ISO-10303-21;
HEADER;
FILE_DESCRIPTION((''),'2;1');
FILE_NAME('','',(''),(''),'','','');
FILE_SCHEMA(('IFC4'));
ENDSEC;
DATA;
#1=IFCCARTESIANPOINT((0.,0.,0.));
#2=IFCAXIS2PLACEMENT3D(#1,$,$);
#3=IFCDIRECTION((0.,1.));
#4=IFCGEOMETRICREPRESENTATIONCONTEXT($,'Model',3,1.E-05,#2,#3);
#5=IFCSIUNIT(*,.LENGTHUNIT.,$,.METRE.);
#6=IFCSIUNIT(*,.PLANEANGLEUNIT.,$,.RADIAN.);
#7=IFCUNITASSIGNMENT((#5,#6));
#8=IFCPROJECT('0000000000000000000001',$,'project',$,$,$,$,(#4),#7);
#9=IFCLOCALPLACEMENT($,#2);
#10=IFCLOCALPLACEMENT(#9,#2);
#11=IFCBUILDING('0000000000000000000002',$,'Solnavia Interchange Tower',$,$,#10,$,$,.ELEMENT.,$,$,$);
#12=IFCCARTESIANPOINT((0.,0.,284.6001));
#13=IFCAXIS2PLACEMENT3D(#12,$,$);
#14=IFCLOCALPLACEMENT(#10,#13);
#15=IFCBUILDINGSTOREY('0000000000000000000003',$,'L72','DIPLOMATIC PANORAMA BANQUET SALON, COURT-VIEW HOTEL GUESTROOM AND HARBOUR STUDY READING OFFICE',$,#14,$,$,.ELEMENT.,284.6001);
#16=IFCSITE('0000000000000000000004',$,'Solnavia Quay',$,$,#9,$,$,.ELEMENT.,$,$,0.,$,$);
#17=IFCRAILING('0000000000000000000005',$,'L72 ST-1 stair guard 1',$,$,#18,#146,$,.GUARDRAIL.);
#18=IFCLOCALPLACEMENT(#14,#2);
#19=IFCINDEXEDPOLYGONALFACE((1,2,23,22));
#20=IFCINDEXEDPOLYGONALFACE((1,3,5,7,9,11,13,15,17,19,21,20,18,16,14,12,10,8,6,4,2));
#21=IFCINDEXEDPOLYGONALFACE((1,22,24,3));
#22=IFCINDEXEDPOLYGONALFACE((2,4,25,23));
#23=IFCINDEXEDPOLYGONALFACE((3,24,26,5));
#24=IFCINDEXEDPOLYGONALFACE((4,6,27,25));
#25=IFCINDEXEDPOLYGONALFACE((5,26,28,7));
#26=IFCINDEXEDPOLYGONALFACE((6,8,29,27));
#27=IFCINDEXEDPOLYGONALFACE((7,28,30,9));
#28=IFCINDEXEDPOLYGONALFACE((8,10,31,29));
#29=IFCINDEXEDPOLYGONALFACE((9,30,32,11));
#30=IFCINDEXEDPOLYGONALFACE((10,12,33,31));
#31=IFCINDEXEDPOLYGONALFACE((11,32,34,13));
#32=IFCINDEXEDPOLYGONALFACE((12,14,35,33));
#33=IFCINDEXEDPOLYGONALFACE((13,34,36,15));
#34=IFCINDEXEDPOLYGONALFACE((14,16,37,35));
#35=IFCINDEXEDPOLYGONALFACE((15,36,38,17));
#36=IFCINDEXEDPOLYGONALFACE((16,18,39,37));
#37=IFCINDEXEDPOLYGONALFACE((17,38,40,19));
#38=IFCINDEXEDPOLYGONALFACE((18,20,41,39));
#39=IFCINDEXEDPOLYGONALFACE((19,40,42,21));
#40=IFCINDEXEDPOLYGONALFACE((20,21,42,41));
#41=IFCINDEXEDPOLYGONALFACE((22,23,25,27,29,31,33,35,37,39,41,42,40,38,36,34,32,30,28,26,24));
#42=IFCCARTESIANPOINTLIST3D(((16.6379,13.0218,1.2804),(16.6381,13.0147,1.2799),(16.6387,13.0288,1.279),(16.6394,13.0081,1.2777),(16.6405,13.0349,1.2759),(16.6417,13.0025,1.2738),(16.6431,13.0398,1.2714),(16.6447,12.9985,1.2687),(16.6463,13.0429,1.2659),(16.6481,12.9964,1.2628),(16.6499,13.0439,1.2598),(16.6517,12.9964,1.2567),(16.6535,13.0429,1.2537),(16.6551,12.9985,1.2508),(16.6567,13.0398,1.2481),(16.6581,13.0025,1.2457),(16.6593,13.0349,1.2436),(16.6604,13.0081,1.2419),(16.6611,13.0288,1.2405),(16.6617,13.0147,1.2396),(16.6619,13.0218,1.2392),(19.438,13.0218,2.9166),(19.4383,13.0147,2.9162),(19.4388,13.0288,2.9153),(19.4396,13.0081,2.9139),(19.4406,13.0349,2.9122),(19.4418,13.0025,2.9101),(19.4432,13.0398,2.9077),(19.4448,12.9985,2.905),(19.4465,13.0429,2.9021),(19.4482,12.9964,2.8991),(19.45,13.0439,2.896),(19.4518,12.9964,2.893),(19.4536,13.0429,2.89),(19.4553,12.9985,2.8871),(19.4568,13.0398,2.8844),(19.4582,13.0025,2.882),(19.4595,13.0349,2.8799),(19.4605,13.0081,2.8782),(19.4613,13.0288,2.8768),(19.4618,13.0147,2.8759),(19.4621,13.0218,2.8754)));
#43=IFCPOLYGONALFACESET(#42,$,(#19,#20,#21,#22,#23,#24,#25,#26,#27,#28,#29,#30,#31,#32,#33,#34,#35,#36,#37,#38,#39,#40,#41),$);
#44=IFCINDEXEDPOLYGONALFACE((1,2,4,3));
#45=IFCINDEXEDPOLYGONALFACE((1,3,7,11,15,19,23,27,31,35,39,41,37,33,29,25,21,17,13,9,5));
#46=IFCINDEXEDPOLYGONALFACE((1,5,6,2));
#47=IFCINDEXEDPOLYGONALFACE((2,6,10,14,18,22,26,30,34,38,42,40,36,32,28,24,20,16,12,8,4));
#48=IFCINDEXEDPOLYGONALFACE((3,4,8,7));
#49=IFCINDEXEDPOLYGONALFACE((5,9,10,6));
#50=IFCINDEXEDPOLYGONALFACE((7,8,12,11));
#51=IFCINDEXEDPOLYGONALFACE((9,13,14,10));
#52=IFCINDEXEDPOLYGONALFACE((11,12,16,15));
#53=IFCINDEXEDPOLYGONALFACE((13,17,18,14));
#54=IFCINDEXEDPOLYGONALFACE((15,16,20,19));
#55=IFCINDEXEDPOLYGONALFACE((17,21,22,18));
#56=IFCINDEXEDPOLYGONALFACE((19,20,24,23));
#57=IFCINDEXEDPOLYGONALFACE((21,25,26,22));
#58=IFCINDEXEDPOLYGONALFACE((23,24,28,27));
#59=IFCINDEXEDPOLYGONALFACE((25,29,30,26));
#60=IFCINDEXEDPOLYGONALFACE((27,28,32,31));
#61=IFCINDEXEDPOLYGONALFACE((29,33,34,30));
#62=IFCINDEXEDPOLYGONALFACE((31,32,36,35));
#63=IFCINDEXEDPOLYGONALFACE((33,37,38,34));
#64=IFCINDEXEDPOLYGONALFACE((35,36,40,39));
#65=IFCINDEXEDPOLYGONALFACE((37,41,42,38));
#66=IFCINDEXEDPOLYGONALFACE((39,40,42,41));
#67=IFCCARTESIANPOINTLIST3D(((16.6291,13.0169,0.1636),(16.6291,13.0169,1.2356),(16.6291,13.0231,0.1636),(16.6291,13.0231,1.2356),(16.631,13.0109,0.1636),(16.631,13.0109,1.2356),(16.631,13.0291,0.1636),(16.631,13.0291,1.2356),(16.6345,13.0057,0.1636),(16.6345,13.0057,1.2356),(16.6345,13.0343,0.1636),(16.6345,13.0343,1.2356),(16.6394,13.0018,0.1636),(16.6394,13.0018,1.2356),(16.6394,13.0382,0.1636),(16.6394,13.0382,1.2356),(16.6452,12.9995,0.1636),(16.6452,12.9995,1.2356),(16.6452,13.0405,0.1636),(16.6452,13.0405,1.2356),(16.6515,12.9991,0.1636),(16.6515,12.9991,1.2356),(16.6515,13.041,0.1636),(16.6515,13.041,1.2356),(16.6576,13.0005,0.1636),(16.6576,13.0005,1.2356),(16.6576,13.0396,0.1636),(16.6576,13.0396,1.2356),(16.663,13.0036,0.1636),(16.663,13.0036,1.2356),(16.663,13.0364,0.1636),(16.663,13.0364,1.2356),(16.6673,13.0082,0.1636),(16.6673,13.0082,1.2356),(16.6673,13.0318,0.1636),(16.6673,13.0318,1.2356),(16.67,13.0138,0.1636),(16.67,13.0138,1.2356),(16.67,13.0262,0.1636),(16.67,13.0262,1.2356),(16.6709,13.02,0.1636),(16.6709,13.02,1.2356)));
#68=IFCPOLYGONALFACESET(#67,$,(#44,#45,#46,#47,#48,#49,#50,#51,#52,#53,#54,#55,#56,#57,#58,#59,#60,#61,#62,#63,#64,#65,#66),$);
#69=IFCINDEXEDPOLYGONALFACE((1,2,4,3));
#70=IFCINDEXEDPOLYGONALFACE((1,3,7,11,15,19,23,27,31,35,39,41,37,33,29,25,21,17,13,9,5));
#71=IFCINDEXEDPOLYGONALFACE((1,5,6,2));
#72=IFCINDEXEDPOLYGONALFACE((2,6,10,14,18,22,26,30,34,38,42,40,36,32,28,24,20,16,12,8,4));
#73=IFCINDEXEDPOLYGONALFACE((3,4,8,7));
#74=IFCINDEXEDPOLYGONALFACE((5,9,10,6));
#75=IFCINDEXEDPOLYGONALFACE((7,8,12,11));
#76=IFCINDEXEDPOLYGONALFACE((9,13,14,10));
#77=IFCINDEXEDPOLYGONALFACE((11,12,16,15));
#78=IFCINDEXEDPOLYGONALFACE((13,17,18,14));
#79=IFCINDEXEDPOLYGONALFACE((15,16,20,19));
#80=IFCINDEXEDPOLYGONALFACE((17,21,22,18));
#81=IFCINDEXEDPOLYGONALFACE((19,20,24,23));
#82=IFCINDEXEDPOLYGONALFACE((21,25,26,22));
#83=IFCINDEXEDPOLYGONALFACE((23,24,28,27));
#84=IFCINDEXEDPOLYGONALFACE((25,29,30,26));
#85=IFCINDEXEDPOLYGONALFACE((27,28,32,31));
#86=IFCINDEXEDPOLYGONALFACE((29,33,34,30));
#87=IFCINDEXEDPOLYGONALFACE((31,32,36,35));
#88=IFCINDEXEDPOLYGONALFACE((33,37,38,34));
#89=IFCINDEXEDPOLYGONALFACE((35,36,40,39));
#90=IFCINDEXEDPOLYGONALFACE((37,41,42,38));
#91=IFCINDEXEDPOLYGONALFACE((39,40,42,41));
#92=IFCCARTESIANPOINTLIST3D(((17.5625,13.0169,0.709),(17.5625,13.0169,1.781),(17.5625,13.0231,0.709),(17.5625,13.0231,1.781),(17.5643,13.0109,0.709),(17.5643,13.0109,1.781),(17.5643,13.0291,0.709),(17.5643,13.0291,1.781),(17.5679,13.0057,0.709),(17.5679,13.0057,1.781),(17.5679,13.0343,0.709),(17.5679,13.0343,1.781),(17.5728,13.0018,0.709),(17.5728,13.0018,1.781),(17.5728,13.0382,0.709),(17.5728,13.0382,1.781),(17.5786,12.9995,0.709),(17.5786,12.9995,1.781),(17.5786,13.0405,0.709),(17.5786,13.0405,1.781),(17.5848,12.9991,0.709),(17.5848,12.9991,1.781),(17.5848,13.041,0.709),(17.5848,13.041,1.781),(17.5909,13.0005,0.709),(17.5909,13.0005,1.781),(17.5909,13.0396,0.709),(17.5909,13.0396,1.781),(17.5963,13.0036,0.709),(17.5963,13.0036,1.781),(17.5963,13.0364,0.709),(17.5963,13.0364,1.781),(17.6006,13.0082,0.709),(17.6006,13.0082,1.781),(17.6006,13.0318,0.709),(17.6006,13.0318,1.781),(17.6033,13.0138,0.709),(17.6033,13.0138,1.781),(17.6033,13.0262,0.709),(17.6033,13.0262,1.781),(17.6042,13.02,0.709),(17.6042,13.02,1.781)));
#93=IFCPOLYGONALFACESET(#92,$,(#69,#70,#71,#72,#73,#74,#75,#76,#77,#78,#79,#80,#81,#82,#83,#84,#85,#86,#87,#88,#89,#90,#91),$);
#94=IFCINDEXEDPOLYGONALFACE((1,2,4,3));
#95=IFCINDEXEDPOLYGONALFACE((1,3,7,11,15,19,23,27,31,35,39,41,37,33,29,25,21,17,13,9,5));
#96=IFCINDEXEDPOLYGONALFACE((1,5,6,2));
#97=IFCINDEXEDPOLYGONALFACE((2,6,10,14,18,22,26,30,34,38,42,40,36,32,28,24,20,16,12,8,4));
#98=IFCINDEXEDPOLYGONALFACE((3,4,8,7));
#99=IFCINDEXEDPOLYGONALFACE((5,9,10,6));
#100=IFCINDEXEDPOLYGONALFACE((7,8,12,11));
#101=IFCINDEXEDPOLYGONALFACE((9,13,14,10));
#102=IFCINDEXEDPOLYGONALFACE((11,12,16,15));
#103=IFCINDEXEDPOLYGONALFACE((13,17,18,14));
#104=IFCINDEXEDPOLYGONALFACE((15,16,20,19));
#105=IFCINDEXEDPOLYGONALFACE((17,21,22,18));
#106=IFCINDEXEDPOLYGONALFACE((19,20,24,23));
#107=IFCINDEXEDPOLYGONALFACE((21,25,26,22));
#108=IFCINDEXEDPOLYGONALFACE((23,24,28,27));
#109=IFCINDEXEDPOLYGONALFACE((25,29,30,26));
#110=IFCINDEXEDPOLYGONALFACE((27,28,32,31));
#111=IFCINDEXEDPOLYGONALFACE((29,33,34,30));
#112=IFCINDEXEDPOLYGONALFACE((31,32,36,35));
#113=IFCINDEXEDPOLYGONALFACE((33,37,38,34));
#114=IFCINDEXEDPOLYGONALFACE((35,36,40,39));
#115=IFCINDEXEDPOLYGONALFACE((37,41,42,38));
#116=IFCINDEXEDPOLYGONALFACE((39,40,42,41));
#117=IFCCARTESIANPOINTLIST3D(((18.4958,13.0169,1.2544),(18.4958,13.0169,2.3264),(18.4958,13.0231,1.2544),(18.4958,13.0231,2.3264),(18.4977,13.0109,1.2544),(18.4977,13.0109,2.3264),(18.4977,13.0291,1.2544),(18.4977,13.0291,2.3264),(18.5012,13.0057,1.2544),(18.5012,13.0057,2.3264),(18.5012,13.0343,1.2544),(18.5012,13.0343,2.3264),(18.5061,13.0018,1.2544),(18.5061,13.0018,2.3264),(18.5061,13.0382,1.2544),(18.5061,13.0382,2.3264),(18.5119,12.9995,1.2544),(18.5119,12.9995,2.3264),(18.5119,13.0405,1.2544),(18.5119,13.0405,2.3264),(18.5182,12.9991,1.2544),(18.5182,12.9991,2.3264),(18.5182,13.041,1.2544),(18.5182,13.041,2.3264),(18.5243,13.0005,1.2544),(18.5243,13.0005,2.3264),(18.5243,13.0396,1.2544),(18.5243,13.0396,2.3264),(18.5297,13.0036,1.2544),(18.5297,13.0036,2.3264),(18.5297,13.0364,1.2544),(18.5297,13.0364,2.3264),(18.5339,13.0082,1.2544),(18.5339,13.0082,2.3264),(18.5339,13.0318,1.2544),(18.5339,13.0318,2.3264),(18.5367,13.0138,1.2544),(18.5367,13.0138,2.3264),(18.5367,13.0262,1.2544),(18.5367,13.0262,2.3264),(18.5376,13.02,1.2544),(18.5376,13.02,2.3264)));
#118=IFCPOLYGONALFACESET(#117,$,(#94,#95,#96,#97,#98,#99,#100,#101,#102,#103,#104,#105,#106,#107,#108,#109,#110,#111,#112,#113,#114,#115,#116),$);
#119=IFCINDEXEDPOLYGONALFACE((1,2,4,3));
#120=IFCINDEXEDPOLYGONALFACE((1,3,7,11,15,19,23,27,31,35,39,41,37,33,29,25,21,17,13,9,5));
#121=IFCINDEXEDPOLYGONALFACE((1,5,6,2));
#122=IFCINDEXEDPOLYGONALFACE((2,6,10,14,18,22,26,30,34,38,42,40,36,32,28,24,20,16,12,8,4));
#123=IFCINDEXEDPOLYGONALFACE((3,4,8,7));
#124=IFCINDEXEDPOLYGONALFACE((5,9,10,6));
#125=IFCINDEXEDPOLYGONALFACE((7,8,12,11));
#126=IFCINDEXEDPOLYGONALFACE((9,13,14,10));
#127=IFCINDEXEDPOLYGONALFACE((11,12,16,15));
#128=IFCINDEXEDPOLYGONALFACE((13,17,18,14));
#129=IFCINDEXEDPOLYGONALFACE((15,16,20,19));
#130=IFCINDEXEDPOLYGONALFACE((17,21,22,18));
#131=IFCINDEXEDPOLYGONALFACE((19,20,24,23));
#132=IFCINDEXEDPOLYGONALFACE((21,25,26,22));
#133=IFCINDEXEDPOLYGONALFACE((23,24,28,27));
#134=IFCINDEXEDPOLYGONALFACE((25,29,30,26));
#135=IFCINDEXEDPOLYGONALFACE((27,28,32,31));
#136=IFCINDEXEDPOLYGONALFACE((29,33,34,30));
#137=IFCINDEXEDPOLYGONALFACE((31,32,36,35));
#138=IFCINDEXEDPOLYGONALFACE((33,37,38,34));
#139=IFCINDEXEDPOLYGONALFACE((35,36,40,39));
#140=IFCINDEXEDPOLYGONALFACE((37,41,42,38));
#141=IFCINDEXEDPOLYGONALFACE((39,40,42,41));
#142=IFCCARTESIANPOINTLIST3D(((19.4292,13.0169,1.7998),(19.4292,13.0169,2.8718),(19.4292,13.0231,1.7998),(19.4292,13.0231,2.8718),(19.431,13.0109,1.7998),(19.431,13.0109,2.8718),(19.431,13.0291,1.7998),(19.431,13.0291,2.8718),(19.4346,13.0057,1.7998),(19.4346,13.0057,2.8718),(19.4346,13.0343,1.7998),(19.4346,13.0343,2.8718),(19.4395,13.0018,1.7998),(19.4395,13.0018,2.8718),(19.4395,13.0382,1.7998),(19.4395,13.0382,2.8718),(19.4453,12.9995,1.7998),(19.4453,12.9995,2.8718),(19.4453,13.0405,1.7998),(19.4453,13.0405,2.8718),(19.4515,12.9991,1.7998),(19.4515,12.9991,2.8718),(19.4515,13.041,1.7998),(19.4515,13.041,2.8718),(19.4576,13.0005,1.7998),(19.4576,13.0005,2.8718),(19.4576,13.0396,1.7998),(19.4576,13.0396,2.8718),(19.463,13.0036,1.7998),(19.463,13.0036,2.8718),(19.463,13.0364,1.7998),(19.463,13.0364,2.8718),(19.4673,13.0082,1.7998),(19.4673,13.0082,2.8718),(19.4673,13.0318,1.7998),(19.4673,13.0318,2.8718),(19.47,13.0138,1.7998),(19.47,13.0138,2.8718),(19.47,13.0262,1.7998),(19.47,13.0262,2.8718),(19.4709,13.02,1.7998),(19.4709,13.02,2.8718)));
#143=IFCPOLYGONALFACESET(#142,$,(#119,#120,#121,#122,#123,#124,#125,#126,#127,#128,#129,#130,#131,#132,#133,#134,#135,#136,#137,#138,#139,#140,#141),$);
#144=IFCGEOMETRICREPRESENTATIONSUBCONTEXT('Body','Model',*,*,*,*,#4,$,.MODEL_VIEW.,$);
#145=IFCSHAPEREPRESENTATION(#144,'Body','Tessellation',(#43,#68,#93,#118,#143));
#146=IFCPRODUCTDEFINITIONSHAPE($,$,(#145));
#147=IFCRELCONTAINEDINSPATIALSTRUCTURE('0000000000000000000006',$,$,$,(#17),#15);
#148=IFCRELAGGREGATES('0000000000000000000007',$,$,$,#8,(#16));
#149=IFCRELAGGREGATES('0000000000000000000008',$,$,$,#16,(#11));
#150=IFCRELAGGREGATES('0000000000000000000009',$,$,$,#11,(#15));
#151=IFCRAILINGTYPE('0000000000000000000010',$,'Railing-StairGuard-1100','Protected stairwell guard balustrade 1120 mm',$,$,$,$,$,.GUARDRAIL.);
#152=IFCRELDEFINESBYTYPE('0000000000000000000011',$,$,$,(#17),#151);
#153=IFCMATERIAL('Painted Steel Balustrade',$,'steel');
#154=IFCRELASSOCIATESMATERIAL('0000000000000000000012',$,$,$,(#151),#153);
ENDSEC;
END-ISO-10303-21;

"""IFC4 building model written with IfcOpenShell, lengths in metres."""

from ifc_helpers import new_model, si_unit, direction, frame, origin, origin_2d, place, context, subcontext, project, spatial, circle, extrude, material, type_object, element, save


model = new_model("IFC4")

# Units and contexts
model_context = context("Model", 3, precision=1e-05, world=origin(), true_north=direction((0.0, 1.0)))
body_context = subcontext(model_context, "Body", "Model", "MODEL_VIEW")
ifc_project = project(units=[si_unit("LENGTHUNIT", "METRE"), si_unit("PLANEANGLEUNIT", "RADIAN")], contexts=[model_context])

# Site, building, storey
site_placement = place(None, origin())
site = spatial("IfcSite", under=ifc_project, at=site_placement, Name="Solnavia Quay", CompositionType="ELEMENT", RefElevation=0.0)
building_placement = place(site_placement, origin())
building = spatial("IfcBuilding", under=site, at=building_placement, Name="Solnavia Interchange Tower", CompositionType="ELEMENT")
storey_placement = place(building_placement, frame((0.0, 0.0, 284.6001)))
storey = spatial("IfcBuildingStorey", under=building, at=storey_placement, Name="L72", Description="DIPLOMATIC PANORAMA BANQUET SALON, COURT-VIEW HOTEL GUESTROOM AND HARBOUR STUDY READING OFFICE", CompositionType="ELEMENT", Elevation=284.6001)

# Railing
ifc_material_1 = material(Name="Painted Steel Balustrade", Category="steel")
railing_type_1 = type_object("IfcRailingType", Name="Railing-StairGuard-1100", Description="Protected stairwell guard balustrade 1120 mm", PredefinedType="GUARDRAIL", material=ifc_material_1)
railing_1_placement = place(storey_placement, frame((16.6499, 13.02, 0.1636)))
element("IfcRailing", 1, at=railing_1_placement, inside=storey, type_object=railing_type_1, Name="L72 ST-1 stair guard 1", PredefinedType="GUARDRAIL", context=body_context, shape_type="SweptSolid", body=[
    extrude(circle(Radius=0.0239, at=origin_2d()), frame((0.0, 0.0, 1.0962), z_axis=(0.863394, 0.0, 0.504531), x_axis=(0.0, 1.0, 0.0)), (0.0, 0.0, 1.0), 3.2432),
    extrude(circle(Radius=0.021, at=origin_2d()), origin(), (0.0, 0.0, 1.0), 1.072),
    extrude(circle(Radius=0.021, at=origin_2d()), frame((0.9333, 0.0, 0.5454)), (0.0, 0.0, 1.0), 1.072),
    extrude(circle(Radius=0.021, at=origin_2d()), frame((1.8667, 0.0, 1.0908)), (0.0, 0.0, 1.0), 1.072),
    extrude(circle(Radius=0.021, at=origin_2d()), frame((2.8, 0.0, 1.6362)), (0.0, 0.0, 1.0), 1.072),
])

save(model, "model.ifc")
